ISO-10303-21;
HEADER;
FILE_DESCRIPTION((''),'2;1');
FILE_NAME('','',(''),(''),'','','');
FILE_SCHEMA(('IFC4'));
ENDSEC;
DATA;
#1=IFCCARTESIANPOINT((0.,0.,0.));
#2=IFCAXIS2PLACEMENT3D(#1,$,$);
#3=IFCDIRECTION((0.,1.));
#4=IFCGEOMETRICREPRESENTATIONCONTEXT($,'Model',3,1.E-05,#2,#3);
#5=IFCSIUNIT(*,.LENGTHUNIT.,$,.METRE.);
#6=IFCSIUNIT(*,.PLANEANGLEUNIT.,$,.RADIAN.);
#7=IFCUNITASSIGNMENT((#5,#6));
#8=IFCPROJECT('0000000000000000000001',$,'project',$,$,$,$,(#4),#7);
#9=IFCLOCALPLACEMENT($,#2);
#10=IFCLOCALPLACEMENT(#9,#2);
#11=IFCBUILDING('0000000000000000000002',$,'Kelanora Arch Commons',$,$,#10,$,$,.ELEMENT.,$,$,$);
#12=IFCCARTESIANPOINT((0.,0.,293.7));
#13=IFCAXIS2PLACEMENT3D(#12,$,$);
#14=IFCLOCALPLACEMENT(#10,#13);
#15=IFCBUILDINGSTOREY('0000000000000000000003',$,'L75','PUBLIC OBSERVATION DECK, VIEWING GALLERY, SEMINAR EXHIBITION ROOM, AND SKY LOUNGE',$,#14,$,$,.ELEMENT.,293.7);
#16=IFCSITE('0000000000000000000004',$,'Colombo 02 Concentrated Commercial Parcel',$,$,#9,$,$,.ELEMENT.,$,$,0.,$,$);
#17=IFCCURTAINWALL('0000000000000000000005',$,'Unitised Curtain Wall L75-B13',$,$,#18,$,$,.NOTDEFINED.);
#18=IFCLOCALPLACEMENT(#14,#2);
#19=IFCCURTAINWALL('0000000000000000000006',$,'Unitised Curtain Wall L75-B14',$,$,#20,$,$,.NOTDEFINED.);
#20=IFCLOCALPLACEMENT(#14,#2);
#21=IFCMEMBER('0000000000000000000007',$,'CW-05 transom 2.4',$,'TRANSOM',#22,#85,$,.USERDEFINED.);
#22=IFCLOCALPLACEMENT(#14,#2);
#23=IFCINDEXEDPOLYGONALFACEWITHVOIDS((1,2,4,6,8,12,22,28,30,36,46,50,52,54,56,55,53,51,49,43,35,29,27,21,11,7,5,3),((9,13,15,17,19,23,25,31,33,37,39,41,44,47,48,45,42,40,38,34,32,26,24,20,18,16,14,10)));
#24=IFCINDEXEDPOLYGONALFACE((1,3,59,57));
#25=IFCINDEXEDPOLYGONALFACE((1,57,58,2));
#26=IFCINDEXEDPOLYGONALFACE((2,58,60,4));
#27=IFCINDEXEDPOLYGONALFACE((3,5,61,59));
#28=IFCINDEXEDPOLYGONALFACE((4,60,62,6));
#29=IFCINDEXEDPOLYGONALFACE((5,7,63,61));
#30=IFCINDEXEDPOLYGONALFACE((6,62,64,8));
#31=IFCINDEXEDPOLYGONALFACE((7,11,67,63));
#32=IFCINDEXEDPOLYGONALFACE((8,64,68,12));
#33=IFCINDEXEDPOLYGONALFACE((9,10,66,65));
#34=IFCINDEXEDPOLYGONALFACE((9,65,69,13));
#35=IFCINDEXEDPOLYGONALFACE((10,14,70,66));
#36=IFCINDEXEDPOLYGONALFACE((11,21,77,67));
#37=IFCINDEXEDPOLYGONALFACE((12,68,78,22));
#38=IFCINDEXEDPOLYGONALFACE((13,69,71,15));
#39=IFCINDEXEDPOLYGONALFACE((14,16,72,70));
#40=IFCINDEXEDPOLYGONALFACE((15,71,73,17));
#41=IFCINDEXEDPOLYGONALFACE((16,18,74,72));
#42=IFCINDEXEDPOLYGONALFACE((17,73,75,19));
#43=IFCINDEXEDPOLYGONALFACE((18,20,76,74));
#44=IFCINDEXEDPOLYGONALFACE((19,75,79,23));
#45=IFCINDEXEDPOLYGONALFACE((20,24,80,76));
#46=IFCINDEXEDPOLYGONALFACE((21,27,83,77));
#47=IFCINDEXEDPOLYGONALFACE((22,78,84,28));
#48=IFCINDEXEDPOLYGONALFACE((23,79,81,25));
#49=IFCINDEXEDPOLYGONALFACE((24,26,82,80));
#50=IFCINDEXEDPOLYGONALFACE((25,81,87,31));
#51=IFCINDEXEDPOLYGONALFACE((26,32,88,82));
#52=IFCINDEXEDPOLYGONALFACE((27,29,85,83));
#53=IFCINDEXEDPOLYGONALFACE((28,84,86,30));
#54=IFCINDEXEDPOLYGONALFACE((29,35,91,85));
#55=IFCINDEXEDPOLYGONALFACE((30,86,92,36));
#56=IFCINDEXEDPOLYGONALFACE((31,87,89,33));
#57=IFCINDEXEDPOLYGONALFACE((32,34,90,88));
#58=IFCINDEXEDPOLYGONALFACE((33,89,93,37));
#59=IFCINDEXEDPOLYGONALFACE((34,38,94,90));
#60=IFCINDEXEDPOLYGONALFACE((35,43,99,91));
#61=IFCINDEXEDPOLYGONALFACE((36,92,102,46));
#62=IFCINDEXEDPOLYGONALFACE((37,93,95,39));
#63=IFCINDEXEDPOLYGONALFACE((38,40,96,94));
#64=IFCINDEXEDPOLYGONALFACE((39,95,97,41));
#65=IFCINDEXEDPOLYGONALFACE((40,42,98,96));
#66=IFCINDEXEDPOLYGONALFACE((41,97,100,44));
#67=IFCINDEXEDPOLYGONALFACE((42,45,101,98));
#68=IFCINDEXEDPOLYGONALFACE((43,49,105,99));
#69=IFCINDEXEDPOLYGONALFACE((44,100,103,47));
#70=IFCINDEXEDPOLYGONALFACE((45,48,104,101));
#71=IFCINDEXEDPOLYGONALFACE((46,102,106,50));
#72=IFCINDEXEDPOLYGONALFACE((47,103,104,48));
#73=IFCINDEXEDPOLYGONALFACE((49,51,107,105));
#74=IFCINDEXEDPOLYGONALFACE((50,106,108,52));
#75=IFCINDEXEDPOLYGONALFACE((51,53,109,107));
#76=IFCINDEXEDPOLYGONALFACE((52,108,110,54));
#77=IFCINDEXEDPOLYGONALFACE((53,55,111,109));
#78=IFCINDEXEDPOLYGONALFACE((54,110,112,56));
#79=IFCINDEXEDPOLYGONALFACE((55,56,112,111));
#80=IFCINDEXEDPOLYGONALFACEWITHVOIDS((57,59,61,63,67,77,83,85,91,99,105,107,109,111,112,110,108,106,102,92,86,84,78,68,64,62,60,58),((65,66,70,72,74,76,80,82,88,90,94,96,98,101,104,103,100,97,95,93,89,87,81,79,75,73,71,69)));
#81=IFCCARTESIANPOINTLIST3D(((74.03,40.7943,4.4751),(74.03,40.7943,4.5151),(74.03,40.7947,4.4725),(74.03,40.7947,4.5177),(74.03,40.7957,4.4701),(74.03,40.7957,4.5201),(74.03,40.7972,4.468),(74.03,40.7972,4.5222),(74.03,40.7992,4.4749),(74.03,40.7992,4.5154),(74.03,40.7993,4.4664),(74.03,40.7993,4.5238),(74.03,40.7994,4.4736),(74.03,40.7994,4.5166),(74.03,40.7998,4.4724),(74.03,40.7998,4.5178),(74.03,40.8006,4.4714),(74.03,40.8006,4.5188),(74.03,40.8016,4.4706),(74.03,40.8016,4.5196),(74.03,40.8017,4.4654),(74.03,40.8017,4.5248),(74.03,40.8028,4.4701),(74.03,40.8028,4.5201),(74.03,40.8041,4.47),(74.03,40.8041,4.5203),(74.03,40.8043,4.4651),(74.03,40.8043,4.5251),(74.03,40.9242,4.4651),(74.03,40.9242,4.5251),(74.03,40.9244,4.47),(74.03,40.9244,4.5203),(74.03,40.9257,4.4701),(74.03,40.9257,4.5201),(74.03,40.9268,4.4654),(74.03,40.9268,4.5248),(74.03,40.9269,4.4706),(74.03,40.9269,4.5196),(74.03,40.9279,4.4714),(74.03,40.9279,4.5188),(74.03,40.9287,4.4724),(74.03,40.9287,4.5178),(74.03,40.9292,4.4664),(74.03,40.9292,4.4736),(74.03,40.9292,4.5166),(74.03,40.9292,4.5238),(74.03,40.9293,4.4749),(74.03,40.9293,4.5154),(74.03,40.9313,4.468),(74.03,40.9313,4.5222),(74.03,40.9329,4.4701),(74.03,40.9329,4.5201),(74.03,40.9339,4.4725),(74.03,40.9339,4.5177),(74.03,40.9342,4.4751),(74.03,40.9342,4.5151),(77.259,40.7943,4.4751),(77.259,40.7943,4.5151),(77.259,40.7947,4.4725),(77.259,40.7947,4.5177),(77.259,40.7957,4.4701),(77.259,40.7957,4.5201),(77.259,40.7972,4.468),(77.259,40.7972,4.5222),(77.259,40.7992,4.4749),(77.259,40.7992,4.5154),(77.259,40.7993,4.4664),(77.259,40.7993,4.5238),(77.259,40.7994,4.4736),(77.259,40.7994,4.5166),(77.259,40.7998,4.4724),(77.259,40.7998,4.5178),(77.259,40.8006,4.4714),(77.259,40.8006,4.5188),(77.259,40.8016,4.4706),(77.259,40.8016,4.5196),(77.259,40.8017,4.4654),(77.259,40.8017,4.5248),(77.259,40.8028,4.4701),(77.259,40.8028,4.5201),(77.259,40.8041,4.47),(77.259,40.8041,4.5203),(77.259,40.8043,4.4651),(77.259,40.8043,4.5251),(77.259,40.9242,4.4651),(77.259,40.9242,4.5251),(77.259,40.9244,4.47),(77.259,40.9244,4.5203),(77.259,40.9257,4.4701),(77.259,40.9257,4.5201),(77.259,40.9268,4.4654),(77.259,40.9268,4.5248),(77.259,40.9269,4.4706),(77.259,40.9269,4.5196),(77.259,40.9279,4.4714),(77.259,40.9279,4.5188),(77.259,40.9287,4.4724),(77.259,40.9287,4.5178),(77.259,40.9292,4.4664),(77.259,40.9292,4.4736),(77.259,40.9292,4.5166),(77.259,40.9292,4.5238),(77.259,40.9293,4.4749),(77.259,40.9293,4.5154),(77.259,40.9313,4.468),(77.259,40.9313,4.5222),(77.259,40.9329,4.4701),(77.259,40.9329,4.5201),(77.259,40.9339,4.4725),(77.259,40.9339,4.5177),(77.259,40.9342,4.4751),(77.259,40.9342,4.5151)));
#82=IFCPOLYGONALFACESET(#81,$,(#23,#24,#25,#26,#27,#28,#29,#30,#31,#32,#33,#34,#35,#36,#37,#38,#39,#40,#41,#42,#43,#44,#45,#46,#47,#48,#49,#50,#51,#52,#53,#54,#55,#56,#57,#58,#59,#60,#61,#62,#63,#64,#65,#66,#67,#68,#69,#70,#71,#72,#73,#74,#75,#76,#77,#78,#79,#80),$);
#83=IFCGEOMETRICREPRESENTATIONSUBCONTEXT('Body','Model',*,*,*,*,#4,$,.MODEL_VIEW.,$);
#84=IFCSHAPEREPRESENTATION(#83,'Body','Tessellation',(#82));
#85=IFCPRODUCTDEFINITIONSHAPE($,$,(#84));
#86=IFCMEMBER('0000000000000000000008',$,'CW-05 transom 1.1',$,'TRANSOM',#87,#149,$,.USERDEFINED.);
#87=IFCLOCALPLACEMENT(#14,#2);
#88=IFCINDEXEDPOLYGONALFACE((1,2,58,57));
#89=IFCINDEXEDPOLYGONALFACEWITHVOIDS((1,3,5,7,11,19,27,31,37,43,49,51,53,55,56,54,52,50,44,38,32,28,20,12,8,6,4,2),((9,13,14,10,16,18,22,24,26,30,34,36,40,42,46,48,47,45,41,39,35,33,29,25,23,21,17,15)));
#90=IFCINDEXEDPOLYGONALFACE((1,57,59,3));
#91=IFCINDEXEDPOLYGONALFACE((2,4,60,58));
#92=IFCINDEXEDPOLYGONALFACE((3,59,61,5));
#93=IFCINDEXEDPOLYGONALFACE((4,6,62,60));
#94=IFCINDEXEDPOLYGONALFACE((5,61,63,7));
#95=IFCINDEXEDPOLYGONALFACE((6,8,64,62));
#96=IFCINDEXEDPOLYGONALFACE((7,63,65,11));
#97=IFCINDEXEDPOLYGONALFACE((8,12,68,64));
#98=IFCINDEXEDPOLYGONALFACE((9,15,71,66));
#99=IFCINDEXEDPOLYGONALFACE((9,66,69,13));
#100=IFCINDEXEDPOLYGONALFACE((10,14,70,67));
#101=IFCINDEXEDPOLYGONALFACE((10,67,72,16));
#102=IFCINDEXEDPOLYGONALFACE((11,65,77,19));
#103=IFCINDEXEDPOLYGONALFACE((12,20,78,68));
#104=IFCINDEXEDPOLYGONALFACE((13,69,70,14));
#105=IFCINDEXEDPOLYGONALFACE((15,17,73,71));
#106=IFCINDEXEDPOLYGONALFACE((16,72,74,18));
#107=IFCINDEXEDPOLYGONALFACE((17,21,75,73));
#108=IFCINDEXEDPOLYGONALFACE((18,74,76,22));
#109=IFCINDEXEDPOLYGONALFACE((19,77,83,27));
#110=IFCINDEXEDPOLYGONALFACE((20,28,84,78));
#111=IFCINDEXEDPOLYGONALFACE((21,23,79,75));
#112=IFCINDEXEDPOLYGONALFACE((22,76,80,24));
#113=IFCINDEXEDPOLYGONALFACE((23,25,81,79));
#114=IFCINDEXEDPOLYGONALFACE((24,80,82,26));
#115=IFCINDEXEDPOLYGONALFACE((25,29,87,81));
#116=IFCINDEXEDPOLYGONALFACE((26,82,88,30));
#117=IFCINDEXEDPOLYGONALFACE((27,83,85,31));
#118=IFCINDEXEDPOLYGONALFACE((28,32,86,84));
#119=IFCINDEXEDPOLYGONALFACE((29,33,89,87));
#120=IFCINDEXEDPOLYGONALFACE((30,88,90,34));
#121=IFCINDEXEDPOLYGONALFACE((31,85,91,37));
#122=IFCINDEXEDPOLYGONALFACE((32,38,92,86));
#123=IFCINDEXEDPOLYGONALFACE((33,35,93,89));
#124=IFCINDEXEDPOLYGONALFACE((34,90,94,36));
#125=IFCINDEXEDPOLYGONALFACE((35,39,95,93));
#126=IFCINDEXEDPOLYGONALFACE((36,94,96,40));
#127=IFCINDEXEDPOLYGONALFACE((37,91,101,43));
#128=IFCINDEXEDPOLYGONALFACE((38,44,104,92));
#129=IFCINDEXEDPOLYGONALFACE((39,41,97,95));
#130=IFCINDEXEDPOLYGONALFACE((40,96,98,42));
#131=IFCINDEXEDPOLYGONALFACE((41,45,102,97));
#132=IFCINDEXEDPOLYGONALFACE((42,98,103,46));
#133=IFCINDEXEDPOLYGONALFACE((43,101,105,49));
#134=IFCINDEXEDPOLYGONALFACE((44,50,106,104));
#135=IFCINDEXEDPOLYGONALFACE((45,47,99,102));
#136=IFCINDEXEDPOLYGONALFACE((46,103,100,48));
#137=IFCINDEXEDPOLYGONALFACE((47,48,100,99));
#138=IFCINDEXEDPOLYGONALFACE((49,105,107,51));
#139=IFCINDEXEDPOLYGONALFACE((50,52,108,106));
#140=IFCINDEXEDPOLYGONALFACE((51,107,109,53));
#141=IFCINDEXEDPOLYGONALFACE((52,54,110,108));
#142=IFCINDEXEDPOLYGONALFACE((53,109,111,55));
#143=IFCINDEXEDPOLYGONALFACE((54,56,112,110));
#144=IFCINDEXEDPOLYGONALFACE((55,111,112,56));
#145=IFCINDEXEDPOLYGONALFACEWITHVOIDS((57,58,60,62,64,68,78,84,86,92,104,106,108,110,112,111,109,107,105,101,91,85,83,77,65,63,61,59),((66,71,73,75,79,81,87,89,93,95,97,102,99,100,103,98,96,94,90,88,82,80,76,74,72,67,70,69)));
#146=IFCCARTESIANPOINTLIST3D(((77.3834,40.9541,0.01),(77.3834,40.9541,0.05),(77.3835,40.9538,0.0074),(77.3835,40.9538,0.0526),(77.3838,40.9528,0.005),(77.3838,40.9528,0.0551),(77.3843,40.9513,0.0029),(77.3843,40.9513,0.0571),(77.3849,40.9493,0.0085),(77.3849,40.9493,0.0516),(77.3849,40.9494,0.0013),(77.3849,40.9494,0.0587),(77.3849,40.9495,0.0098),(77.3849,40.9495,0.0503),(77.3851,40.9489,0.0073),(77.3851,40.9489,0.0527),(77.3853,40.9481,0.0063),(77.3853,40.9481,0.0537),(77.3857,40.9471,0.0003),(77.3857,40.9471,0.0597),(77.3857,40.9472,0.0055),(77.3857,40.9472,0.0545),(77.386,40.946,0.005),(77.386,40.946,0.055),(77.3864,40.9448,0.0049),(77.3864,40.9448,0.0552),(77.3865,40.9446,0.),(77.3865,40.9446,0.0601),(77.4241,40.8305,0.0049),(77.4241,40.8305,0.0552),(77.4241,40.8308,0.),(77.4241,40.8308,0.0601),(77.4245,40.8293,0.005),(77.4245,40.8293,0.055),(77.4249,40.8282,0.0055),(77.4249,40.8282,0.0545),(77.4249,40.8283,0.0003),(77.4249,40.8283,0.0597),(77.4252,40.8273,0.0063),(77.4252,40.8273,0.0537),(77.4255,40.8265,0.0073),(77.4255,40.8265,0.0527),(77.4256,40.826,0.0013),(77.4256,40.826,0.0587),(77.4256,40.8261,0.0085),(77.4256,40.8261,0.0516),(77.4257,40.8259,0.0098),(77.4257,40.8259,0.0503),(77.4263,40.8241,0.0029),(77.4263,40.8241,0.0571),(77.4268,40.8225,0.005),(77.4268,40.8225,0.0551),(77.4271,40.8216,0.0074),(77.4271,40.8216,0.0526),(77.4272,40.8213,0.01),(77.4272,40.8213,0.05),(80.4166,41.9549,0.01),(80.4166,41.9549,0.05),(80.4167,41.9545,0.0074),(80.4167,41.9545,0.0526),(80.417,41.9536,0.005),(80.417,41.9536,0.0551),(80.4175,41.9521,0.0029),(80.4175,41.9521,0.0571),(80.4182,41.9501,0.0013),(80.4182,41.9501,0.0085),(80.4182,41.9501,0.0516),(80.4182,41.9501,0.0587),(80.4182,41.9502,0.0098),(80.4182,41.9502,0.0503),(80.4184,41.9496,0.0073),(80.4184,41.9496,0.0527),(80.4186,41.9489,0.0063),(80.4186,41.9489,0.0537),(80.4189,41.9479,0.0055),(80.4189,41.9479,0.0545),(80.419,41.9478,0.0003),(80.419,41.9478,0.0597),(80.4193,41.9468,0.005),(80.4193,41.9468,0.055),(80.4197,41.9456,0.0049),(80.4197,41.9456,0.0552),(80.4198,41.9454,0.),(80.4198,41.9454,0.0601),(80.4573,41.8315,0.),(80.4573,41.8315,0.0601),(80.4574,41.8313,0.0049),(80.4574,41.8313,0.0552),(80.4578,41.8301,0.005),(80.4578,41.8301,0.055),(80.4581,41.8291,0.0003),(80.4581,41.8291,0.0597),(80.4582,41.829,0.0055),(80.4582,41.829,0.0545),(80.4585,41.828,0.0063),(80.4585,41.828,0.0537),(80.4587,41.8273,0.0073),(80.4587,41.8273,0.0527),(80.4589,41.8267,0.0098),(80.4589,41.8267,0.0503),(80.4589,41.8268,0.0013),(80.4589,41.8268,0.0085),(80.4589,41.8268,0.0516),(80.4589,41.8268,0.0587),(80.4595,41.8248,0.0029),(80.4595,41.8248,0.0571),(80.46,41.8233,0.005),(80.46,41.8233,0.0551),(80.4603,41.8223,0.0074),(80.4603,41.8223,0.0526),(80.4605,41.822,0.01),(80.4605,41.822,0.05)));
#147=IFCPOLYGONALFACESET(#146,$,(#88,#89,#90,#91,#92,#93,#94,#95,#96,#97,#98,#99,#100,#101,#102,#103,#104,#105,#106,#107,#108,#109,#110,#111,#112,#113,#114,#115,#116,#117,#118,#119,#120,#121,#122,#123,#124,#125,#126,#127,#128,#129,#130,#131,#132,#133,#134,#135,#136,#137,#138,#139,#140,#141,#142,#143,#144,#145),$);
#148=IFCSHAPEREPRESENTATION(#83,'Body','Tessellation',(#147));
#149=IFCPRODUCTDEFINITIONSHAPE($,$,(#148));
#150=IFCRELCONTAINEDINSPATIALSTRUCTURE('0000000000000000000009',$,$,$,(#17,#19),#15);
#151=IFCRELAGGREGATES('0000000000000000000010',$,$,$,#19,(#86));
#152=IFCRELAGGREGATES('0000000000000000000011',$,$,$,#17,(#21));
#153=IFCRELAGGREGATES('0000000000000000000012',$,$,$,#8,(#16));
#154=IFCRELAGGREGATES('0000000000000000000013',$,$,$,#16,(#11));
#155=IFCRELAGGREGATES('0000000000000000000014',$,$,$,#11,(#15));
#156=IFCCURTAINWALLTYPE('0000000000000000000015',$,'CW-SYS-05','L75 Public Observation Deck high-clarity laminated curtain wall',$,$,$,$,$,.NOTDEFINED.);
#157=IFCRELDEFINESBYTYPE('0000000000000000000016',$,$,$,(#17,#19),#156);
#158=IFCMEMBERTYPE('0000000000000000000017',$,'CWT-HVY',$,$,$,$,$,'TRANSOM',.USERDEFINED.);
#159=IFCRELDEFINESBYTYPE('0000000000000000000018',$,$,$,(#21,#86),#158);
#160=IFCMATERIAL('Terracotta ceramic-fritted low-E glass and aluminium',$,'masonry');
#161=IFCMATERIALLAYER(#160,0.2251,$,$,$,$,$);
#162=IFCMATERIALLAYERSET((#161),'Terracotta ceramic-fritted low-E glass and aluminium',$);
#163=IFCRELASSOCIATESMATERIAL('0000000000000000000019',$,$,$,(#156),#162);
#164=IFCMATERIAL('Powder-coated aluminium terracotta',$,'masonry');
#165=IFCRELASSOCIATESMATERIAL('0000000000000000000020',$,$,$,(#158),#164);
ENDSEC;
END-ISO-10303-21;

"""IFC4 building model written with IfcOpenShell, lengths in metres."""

from ifc_helpers import new_model, si_unit, direction, frame, origin, origin_2d, place, context, subcontext, project, spatial, hollow_rectangle, extrude, material, layer, layer_set, material_profile, profile_set, type_object, element, aggregate, save


model = new_model("IFC4")

# Units and contexts
model_context = context("Model", 3, precision=1e-05, world=origin(), true_north=direction((0.0, 1.0)))
body_context = subcontext(model_context, "Body", "Model", "MODEL_VIEW")
ifc_project = project(units=[si_unit("LENGTHUNIT", "METRE"), si_unit("PLANEANGLEUNIT", "RADIAN")], contexts=[model_context])

# Site, building, storey
site_placement = place(None, origin())
site = spatial("IfcSite", under=ifc_project, at=site_placement, Name="Colombo 02 Concentrated Commercial Parcel", CompositionType="ELEMENT", RefElevation=0.0)
building_placement = place(site_placement, origin())
building = spatial("IfcBuilding", under=site, at=building_placement, Name="Kelanora Arch Commons", CompositionType="ELEMENT")
storey_placement = place(building_placement, frame((0.0, 0.0, 293.7)))
storey = spatial("IfcBuildingStorey", under=building, at=storey_placement, Name="L75", Description="PUBLIC OBSERVATION DECK, VIEWING GALLERY, SEMINAR EXHIBITION ROOM, AND SKY LOUNGE", CompositionType="ELEMENT", Elevation=293.7)

# Curtain walls
ifc_material_1 = material(Name="Terracotta ceramic-fritted low-E glass and aluminium", Category="masonry")
ifc_layer_1 = layer(ifc_material_1, 0.2251)
ifc_layer_set_1 = layer_set([ifc_layer_1], Name="Terracotta ceramic-fritted low-E glass and aluminium")
curtain_wall_type = type_object("IfcCurtainWallType", Name="CW-SYS-05", Description="L75 Public Observation Deck high-clarity laminated curtain wall", PredefinedType="NOTDEFINED", material=ifc_layer_set_1)
curtain_wall_1_placement = place(storey_placement, origin())
curtain_wall_1 = element("IfcCurtainWall", 1, at=curtain_wall_1_placement, inside=storey, type_object=curtain_wall_type, Name="Unitised Curtain Wall L75-B13", PredefinedType="NOTDEFINED")
ifc_material_2 = material(Name="Powder-coated aluminium terracotta", Category="masonry")
curtain_wall_2_placement = place(storey_placement, origin())
curtain_wall_2 = element("IfcCurtainWall", 2, at=curtain_wall_2_placement, inside=storey, type_object=curtain_wall_type, Name="Unitised Curtain Wall L75-B14", PredefinedType="NOTDEFINED")

# Members
ifc_material_profile_1 = material_profile(ifc_material_2, hollow_rectangle(XDim=0.1399, YDim=0.0601, WallThickness=0.0049, InnerFilletRadius=0.0049, OuterFilletRadius=0.01, at=origin_2d()), Name="CWT140x60")
ifc_profile_set_1 = profile_set([ifc_material_profile_1], Name="Powder-coated aluminium terracotta")
member_type_1 = type_object("IfcMemberType", Name="CWT-HVY", ElementType="TRANSOM", PredefinedType="USERDEFINED", material=ifc_profile_set_1)
member_1_placement = place(storey_placement, frame((74.03, 40.8643, 4.4951), z_axis=(1.0, 0.0, 0.0), x_axis=(0.0, 1.0, 0.0)))
member_1 = element("IfcMember", 3, at=member_1_placement, type_object=member_type_1, Name="CW-05 transom 2.4", ObjectType="TRANSOM", PredefinedType="USERDEFINED", context=body_context, shape_type="SweptSolid", body=[
    extrude(hollow_rectangle(XDim=0.1399, YDim=0.0601, WallThickness=0.0049, InnerFilletRadius=0.0049, OuterFilletRadius=0.01, at=origin_2d()), origin(), (0.0, 0.0, 1.0), 3.229),
])
member_2_placement = place(storey_placement, frame((77.4053, 40.8877, 0.03), z_axis=(0.94965, 0.313314, 0.0), x_axis=(-0.313314, 0.94965, 0.0)))
member_2 = element("IfcMember", 4, at=member_2_placement, type_object=member_type_1, Name="CW-05 transom 1.1", ObjectType="TRANSOM", PredefinedType="USERDEFINED", context=body_context, shape_type="SweptSolid", body=[
    extrude(hollow_rectangle(XDim=0.1399, YDim=0.0601, WallThickness=0.0049, InnerFilletRadius=0.0049, OuterFilletRadius=0.01, at=origin_2d()), origin(), (0.0, 0.0, 1.0), 3.1941),
])

aggregate(curtain_wall_2, [member_2])
aggregate(curtain_wall_1, [member_1])

save(model, "model.ifc")
